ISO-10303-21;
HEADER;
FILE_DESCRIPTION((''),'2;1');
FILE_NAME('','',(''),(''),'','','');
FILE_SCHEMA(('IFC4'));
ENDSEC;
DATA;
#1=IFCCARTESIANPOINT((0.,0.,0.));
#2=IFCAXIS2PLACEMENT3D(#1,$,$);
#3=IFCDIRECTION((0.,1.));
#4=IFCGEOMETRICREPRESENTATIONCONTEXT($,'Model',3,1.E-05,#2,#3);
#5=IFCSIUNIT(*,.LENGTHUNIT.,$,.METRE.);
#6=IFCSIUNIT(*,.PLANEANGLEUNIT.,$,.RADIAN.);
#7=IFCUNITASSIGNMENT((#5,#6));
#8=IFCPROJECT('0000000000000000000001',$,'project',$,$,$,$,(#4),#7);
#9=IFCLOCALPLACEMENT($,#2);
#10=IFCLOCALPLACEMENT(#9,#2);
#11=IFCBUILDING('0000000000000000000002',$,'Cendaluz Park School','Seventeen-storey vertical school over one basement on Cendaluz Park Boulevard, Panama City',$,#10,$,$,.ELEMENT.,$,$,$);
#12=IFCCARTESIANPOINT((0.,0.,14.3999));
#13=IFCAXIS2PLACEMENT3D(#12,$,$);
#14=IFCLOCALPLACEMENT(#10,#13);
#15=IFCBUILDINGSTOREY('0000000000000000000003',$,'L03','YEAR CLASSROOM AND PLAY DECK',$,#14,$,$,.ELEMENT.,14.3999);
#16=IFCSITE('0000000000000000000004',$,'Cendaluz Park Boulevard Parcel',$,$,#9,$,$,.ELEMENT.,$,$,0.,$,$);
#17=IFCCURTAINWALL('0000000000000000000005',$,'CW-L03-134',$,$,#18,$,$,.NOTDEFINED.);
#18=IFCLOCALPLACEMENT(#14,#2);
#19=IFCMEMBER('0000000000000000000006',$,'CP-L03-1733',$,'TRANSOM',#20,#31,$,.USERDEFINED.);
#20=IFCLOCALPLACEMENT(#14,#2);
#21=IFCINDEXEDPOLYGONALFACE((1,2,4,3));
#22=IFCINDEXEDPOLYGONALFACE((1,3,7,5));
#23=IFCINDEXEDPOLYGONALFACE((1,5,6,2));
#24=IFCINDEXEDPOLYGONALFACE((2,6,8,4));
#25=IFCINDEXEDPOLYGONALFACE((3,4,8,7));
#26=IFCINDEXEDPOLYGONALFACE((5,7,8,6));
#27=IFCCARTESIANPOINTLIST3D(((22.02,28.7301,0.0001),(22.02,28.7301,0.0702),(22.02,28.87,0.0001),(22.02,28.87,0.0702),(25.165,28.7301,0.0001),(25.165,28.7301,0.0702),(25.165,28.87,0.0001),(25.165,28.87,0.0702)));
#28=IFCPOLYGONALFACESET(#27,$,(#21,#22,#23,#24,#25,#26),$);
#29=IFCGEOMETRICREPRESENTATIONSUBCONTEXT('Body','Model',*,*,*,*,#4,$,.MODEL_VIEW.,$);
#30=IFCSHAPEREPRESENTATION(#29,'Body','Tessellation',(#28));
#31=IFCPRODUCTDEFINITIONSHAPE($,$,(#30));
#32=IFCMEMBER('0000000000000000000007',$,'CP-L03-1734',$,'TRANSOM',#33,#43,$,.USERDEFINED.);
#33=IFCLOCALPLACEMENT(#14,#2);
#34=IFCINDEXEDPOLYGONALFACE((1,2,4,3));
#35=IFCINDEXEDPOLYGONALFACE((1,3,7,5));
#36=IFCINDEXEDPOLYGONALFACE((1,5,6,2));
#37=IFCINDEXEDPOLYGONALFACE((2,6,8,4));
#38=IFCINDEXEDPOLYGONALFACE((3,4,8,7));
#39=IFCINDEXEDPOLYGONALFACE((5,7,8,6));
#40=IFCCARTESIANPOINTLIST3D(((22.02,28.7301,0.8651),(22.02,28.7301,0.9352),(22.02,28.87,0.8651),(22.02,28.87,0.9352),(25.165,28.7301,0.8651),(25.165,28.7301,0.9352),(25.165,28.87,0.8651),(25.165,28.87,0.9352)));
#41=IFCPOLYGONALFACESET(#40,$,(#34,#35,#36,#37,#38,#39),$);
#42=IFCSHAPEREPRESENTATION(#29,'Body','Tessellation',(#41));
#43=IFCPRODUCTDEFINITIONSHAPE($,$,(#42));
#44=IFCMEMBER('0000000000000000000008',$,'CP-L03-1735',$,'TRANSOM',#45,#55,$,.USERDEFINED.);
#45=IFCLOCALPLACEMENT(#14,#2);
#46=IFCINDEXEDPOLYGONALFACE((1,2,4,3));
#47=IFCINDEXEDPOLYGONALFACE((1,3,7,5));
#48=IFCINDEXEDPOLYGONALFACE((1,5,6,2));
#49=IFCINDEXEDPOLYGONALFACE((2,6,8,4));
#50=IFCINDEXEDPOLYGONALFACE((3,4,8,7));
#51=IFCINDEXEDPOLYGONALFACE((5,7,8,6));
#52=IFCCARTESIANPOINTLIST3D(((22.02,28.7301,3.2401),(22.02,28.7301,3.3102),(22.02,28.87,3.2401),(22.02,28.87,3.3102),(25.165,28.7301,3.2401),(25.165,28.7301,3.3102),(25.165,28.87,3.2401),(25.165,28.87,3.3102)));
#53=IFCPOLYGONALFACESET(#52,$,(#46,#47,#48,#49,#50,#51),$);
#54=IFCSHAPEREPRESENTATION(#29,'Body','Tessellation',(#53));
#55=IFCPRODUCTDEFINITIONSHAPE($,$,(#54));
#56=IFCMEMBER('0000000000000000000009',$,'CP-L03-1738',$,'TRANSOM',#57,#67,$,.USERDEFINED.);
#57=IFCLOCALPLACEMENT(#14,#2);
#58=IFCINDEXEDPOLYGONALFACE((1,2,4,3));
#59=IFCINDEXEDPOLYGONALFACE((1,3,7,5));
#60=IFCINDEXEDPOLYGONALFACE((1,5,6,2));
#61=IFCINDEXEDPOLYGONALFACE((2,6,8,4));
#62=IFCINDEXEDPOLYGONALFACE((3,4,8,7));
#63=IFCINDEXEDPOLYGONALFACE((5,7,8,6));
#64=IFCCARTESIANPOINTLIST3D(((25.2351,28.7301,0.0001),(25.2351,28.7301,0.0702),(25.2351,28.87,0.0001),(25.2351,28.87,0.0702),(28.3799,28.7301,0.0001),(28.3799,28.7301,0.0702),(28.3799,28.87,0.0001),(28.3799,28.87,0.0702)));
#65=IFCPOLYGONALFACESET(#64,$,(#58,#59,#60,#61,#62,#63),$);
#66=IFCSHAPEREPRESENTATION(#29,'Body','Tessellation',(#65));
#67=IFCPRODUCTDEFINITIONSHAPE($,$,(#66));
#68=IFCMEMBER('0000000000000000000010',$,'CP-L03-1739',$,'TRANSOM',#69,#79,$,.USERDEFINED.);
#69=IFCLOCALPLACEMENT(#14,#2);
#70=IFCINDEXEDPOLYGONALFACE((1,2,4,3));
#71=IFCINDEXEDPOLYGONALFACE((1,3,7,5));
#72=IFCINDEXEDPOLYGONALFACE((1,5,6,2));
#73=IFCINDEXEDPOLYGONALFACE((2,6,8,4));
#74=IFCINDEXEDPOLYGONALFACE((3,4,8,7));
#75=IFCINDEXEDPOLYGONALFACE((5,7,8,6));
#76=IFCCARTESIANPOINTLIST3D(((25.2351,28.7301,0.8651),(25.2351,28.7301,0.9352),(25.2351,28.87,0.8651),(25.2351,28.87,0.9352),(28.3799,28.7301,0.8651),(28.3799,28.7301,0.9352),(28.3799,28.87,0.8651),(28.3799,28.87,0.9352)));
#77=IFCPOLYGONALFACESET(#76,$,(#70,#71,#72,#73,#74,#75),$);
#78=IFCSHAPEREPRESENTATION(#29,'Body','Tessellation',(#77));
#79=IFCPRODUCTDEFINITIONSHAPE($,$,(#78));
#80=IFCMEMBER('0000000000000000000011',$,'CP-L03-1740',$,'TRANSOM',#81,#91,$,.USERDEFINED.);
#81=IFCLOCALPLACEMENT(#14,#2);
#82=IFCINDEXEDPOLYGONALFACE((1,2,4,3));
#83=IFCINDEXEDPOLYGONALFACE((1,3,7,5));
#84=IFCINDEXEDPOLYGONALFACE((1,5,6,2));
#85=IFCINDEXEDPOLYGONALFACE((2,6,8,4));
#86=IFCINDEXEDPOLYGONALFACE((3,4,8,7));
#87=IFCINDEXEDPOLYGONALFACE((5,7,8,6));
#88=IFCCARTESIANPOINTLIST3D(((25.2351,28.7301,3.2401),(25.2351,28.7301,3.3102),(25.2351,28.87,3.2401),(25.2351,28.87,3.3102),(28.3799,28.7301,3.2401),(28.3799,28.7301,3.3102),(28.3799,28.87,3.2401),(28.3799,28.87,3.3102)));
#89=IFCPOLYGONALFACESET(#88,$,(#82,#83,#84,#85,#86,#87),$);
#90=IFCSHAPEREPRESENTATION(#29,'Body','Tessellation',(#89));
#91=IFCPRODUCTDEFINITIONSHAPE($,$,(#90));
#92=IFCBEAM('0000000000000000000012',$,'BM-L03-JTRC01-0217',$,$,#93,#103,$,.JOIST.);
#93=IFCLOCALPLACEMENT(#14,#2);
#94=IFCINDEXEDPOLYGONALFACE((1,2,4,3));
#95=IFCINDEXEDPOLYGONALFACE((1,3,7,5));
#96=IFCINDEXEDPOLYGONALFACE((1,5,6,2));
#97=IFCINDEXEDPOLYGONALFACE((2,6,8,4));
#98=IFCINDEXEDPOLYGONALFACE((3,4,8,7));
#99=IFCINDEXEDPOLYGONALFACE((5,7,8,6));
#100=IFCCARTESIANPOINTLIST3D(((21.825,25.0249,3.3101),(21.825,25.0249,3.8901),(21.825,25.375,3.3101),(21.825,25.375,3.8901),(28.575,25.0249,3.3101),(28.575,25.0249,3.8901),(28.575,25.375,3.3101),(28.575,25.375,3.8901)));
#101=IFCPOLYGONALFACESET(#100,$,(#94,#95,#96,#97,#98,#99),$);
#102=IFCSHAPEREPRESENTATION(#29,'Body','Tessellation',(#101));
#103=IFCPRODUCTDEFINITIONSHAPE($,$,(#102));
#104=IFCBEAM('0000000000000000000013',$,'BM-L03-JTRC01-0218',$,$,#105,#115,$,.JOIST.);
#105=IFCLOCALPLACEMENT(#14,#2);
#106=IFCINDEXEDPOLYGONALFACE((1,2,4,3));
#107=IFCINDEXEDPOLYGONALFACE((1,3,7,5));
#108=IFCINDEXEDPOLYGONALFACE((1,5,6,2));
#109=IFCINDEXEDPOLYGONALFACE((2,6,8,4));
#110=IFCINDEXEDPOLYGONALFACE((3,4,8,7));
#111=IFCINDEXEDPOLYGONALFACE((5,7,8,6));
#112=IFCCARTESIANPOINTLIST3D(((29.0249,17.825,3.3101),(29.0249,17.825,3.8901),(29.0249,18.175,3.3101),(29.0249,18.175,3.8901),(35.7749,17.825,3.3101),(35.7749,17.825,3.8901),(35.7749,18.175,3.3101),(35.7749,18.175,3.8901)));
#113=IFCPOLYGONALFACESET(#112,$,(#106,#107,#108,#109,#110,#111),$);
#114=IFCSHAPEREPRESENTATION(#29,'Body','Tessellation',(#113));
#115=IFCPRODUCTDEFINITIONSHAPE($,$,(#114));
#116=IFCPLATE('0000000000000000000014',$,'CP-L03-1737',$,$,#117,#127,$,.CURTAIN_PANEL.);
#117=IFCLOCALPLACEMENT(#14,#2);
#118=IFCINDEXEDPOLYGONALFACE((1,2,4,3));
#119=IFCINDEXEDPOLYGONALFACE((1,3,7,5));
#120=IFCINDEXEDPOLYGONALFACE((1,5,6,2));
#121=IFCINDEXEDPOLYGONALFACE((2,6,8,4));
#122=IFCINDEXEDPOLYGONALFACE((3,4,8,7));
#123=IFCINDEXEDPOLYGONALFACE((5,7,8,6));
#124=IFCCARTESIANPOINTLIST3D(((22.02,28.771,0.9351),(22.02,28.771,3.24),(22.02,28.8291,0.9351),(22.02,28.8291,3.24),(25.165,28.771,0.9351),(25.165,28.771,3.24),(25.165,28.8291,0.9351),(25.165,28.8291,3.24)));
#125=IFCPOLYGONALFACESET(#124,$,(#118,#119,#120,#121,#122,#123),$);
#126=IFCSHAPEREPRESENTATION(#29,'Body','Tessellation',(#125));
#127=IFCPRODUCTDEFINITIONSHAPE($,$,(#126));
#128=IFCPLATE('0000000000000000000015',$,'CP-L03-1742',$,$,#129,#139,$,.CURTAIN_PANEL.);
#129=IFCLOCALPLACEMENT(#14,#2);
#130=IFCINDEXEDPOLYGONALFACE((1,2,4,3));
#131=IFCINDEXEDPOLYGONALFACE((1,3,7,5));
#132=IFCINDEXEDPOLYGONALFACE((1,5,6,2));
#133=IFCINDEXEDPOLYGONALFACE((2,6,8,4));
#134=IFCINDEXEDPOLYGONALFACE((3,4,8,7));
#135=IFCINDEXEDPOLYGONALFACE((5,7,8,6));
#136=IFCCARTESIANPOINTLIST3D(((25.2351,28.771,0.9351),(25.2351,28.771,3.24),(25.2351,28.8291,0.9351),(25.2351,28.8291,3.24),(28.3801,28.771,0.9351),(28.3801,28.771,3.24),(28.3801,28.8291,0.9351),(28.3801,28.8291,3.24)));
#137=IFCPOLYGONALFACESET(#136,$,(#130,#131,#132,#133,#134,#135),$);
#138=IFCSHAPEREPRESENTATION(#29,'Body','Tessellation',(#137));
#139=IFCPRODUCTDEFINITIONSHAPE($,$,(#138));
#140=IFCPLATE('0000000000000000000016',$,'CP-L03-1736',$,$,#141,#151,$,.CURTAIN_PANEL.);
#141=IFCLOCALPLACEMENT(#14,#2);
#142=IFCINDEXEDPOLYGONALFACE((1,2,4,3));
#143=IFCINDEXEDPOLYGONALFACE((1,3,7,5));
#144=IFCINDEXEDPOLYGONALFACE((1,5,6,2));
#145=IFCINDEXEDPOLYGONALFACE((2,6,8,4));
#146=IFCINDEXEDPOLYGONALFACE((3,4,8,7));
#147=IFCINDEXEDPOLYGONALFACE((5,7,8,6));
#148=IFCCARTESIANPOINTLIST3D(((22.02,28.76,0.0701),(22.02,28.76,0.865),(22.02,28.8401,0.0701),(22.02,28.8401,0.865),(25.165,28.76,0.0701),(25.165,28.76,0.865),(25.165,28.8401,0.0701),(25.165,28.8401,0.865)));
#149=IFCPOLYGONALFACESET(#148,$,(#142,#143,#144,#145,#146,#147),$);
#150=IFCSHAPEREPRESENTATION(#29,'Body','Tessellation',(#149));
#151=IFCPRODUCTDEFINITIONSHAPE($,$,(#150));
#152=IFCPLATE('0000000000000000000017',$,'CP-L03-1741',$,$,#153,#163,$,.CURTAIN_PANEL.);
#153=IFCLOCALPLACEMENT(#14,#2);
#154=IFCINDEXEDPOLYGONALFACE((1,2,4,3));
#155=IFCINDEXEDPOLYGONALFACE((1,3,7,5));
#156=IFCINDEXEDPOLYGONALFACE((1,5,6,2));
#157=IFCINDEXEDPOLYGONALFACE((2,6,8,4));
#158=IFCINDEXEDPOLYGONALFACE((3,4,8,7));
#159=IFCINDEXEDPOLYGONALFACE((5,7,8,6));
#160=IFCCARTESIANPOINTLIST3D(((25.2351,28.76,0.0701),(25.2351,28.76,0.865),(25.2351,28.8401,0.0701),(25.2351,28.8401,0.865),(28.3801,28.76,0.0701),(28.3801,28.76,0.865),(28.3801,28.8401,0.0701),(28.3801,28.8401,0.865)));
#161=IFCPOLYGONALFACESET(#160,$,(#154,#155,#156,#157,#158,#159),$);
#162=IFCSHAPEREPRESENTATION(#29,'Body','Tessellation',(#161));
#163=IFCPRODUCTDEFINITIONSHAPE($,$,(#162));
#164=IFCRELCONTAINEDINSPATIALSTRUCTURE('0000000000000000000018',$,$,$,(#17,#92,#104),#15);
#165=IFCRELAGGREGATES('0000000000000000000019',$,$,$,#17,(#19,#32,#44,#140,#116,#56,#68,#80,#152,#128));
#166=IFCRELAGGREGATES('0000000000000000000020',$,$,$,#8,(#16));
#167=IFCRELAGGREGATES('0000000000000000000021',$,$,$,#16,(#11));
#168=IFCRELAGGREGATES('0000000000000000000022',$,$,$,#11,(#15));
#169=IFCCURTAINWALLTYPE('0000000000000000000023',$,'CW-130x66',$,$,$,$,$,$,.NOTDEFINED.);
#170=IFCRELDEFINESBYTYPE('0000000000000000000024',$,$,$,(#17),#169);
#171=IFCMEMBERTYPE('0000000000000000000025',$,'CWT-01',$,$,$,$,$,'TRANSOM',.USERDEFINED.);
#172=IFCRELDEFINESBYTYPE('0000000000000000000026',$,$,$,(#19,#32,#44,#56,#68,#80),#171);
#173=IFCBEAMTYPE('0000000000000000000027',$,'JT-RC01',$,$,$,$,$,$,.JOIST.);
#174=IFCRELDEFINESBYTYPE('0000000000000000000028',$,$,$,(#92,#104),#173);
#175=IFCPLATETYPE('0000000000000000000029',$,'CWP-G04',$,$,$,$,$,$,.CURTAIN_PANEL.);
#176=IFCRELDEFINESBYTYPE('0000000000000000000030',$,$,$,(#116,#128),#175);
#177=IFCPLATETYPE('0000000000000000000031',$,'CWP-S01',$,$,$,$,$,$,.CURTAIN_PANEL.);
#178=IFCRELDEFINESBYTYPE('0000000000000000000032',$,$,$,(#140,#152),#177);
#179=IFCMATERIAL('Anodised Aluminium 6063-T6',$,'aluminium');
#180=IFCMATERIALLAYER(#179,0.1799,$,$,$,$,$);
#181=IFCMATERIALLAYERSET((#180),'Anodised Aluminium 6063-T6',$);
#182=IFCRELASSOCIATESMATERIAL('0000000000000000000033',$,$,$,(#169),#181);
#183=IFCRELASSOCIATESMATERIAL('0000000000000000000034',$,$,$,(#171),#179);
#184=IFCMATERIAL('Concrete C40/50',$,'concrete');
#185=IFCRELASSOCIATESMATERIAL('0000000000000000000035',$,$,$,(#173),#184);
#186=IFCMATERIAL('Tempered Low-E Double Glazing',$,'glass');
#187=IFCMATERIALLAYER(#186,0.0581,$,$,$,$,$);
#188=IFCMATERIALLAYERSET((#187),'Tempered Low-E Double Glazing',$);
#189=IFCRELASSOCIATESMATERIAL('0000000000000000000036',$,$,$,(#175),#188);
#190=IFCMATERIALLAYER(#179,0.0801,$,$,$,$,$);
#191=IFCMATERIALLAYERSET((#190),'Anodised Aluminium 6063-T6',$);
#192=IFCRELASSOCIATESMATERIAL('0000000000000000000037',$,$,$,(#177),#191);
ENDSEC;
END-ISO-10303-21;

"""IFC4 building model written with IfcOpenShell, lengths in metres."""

from ifc_helpers import new_model, si_unit, direction, frame, origin, origin_2d, place, context, subcontext, project, spatial, rectangle, extrude, material, layer, layer_set, material_profile, profile_set, type_object, element, aggregate, save


model = new_model("IFC4")

# Units and contexts
model_context = context("Model", 3, precision=1e-05, world=origin(), true_north=direction((0.0, 1.0)))
body_context = subcontext(model_context, "Body", "Model", "MODEL_VIEW")
ifc_project = project(units=[si_unit("LENGTHUNIT", "METRE"), si_unit("PLANEANGLEUNIT", "RADIAN")], contexts=[model_context])

# Site, building, storey
site_placement = place(None, origin())
site = spatial("IfcSite", under=ifc_project, at=site_placement, Name="Cendaluz Park Boulevard Parcel", CompositionType="ELEMENT", RefElevation=0.0)
building_placement = place(site_placement, origin())
building = spatial("IfcBuilding", under=site, at=building_placement, Name="Cendaluz Park School", Description="Seventeen-storey vertical school over one basement on Cendaluz Park Boulevard, Panama City", CompositionType="ELEMENT")
storey_placement = place(building_placement, frame((0.0, 0.0, 14.3999)))
storey = spatial("IfcBuildingStorey", under=building, at=storey_placement, Name="L03", Description="YEAR CLASSROOM AND PLAY DECK", CompositionType="ELEMENT", Elevation=14.3999)

# Shared definitions
ifc_material_1 = material(Name="Concrete C40/50", Category="concrete")

# Shared definitions
ifc_material_2 = material(Name="Anodised Aluminium 6063-T6", Category="aluminium")
ifc_layer_1 = layer(ifc_material_2, 0.1799)
ifc_layer_set_1 = layer_set([ifc_layer_1], Name="Anodised Aluminium 6063-T6")
curtain_wall_type = type_object("IfcCurtainWallType", Name="CW-130x66", PredefinedType="NOTDEFINED", material=ifc_layer_set_1)

# Curtain wall, members
curtain_wall_1_placement = place(storey_placement, origin())
curtain_wall_1 = element("IfcCurtainWall", 1, at=curtain_wall_1_placement, inside=storey, type_object=curtain_wall_type, Name="CW-L03-134", PredefinedType="NOTDEFINED")
ifc_material_profile_1 = material_profile(ifc_material_2, rectangle(XDim=0.1399, YDim=0.0701, at=origin_2d()), Name="CWT 140x70", Category="aluminium")
ifc_profile_set_1 = profile_set([ifc_material_profile_1], Name="Anodised Aluminium 6063-T6")
member_type_1 = type_object("IfcMemberType", Name="CWT-01", ElementType="TRANSOM", PredefinedType="USERDEFINED", material=ifc_profile_set_1)
member_1_placement = place(storey_placement, frame((22.02, 28.8, 0.0352), z_axis=(1.0, 0.0, 0.0), x_axis=(0.0, 1.0, 0.0)))
member_1 = element("IfcMember", 2, at=member_1_placement, type_object=member_type_1, Name="CP-L03-1733", ObjectType="TRANSOM", PredefinedType="USERDEFINED", context=body_context, shape_type="SweptSolid", body=[
    extrude(rectangle(XDim=0.1399, YDim=0.0701, at=origin_2d()), origin(), (0.0, 0.0, 1.0), 3.145),
])
member_2_placement = place(storey_placement, frame((22.02, 28.8, 0.9001), z_axis=(1.0, 0.0, 0.0), x_axis=(0.0, 1.0, 0.0)))
member_2 = element("IfcMember", 3, at=member_2_placement, type_object=member_type_1, Name="CP-L03-1734", ObjectType="TRANSOM", PredefinedType="USERDEFINED", context=body_context, shape_type="SweptSolid", body=[
    extrude(rectangle(XDim=0.1399, YDim=0.0701, at=origin_2d()), origin(), (0.0, 0.0, 1.0), 3.145),
])
member_3_placement = place(storey_placement, frame((22.02, 28.8, 3.2751), z_axis=(1.0, 0.0, 0.0), x_axis=(0.0, 1.0, 0.0)))
member_3 = element("IfcMember", 4, at=member_3_placement, type_object=member_type_1, Name="CP-L03-1735", ObjectType="TRANSOM", PredefinedType="USERDEFINED", context=body_context, shape_type="SweptSolid", body=[
    extrude(rectangle(XDim=0.1399, YDim=0.0701, at=origin_2d()), origin(), (0.0, 0.0, 1.0), 3.145),
])
member_4_placement = place(storey_placement, frame((25.2351, 28.8, 0.0352), z_axis=(1.0, 0.0, 0.0), x_axis=(0.0, 1.0, 0.0)))
member_4 = element("IfcMember", 5, at=member_4_placement, type_object=member_type_1, Name="CP-L03-1738", ObjectType="TRANSOM", PredefinedType="USERDEFINED", context=body_context, shape_type="SweptSolid", body=[
    extrude(rectangle(XDim=0.1399, YDim=0.0701, at=origin_2d()), origin(), (0.0, 0.0, 1.0), 3.1448),
])
member_5_placement = place(storey_placement, frame((25.2351, 28.8, 0.9001), z_axis=(1.0, 0.0, 0.0), x_axis=(0.0, 1.0, 0.0)))
member_5 = element("IfcMember", 6, at=member_5_placement, type_object=member_type_1, Name="CP-L03-1739", ObjectType="TRANSOM", PredefinedType="USERDEFINED", context=body_context, shape_type="SweptSolid", body=[
    extrude(rectangle(XDim=0.1399, YDim=0.0701, at=origin_2d()), origin(), (0.0, 0.0, 1.0), 3.1448),
])
member_6_placement = place(storey_placement, frame((25.2351, 28.8, 3.2751), z_axis=(1.0, 0.0, 0.0), x_axis=(0.0, 1.0, 0.0)))
member_6 = element("IfcMember", 7, at=member_6_placement, type_object=member_type_1, Name="CP-L03-1740", ObjectType="TRANSOM", PredefinedType="USERDEFINED", context=body_context, shape_type="SweptSolid", body=[
    extrude(rectangle(XDim=0.1399, YDim=0.0701, at=origin_2d()), origin(), (0.0, 0.0, 1.0), 3.1448),
])

# Beams
ifc_material_profile_2 = material_profile(ifc_material_1, rectangle(XDim=0.3501, YDim=0.5801, at=origin_2d()), Name="RC 350x580", Category="concrete")
ifc_profile_set_2 = profile_set([ifc_material_profile_2], Name="Concrete C40/50")
beam_type_1 = type_object("IfcBeamType", Name="JT-RC01", PredefinedType="JOIST", material=ifc_profile_set_2)
for number, where, z_axis, x_axis, name in (
    (8, (21.825, 25.2, 3.6001), (1.0, 0.0, 0.0), (0.0, 1.0, 0.0), "BM-L03-JTRC01-0217"),
    (9, (29.0249, 18.0, 3.6001), (1.0, 0.0, 0.0), (0.0, 1.0, 0.0), "BM-L03-JTRC01-0218"),
):
    element("IfcBeam", number, at=place(storey_placement, frame(where, z_axis=z_axis, x_axis=x_axis)), inside=storey, type_object=beam_type_1, Name=name, PredefinedType="JOIST", context=body_context, shape_type="SweptSolid", body=[
        extrude(rectangle(XDim=0.3501, YDim=0.5801, at=origin_2d()), origin(), (0.0, 0.0, 1.0), 6.75),
    ])

# Plates
ifc_material_3 = material(Name="Tempered Low-E Double Glazing", Category="glass")
ifc_layer_2 = layer(ifc_material_3, 0.0581)
ifc_layer_set_2 = layer_set([ifc_layer_2], Name="Tempered Low-E Double Glazing")
plate_type_1 = type_object("IfcPlateType", Name="CWP-G04", PredefinedType="CURTAIN_PANEL", material=ifc_layer_set_2)
plate_1_placement = place(storey_placement, frame((23.5925, 28.8, 0.9351), z_axis=(0.0, 0.0, 1.0), x_axis=(1.0, 0.0, 0.0)))
plate_1 = element("IfcPlate", 10, at=plate_1_placement, type_object=plate_type_1, Name="CP-L03-1737", PredefinedType="CURTAIN_PANEL", context=body_context, shape_type="SweptSolid", body=[
    extrude(rectangle(XDim=3.145, YDim=0.0581, at=origin_2d()), origin(), (0.0, 0.0, 1.0), 2.3049),
])
plate_2_placement = place(storey_placement, frame((26.8076, 28.8, 0.9351), z_axis=(0.0, 0.0, 1.0), x_axis=(1.0, 0.0, 0.0)))
plate_2 = element("IfcPlate", 11, at=plate_2_placement, type_object=plate_type_1, Name="CP-L03-1742", PredefinedType="CURTAIN_PANEL", context=body_context, shape_type="SweptSolid", body=[
    extrude(rectangle(XDim=3.145, YDim=0.0581, at=origin_2d()), origin(), (0.0, 0.0, 1.0), 2.3049),
])
ifc_layer_3 = layer(ifc_material_2, 0.0801)
ifc_layer_set_3 = layer_set([ifc_layer_3], Name="Anodised Aluminium 6063-T6")
plate_type_2 = type_object("IfcPlateType", Name="CWP-S01", PredefinedType="CURTAIN_PANEL", material=ifc_layer_set_3)
plate_3_placement = place(storey_placement, frame((23.5925, 28.8, 0.0701), z_axis=(0.0, 0.0, 1.0), x_axis=(1.0, 0.0, 0.0)))
plate_3 = element("IfcPlate", 12, at=plate_3_placement, type_object=plate_type_2, Name="CP-L03-1736", PredefinedType="CURTAIN_PANEL", context=body_context, shape_type="SweptSolid", body=[
    extrude(rectangle(XDim=3.145, YDim=0.0801, at=origin_2d()), origin(), (0.0, 0.0, 1.0), 0.7949),
])
plate_4_placement = place(storey_placement, frame((26.8076, 28.8, 0.0701), z_axis=(0.0, 0.0, 1.0), x_axis=(1.0, 0.0, 0.0)))
plate_4 = element("IfcPlate", 13, at=plate_4_placement, type_object=plate_type_2, Name="CP-L03-1741", PredefinedType="CURTAIN_PANEL", context=body_context, shape_type="SweptSolid", body=[
    extrude(rectangle(XDim=3.145, YDim=0.0801, at=origin_2d()), origin(), (0.0, 0.0, 1.0), 0.7949),
])
aggregate(curtain_wall_1, [member_1, member_2, member_3, plate_3, plate_1, member_4, member_5, member_6, plate_4, plate_2])

save(model, "model.ifc")
